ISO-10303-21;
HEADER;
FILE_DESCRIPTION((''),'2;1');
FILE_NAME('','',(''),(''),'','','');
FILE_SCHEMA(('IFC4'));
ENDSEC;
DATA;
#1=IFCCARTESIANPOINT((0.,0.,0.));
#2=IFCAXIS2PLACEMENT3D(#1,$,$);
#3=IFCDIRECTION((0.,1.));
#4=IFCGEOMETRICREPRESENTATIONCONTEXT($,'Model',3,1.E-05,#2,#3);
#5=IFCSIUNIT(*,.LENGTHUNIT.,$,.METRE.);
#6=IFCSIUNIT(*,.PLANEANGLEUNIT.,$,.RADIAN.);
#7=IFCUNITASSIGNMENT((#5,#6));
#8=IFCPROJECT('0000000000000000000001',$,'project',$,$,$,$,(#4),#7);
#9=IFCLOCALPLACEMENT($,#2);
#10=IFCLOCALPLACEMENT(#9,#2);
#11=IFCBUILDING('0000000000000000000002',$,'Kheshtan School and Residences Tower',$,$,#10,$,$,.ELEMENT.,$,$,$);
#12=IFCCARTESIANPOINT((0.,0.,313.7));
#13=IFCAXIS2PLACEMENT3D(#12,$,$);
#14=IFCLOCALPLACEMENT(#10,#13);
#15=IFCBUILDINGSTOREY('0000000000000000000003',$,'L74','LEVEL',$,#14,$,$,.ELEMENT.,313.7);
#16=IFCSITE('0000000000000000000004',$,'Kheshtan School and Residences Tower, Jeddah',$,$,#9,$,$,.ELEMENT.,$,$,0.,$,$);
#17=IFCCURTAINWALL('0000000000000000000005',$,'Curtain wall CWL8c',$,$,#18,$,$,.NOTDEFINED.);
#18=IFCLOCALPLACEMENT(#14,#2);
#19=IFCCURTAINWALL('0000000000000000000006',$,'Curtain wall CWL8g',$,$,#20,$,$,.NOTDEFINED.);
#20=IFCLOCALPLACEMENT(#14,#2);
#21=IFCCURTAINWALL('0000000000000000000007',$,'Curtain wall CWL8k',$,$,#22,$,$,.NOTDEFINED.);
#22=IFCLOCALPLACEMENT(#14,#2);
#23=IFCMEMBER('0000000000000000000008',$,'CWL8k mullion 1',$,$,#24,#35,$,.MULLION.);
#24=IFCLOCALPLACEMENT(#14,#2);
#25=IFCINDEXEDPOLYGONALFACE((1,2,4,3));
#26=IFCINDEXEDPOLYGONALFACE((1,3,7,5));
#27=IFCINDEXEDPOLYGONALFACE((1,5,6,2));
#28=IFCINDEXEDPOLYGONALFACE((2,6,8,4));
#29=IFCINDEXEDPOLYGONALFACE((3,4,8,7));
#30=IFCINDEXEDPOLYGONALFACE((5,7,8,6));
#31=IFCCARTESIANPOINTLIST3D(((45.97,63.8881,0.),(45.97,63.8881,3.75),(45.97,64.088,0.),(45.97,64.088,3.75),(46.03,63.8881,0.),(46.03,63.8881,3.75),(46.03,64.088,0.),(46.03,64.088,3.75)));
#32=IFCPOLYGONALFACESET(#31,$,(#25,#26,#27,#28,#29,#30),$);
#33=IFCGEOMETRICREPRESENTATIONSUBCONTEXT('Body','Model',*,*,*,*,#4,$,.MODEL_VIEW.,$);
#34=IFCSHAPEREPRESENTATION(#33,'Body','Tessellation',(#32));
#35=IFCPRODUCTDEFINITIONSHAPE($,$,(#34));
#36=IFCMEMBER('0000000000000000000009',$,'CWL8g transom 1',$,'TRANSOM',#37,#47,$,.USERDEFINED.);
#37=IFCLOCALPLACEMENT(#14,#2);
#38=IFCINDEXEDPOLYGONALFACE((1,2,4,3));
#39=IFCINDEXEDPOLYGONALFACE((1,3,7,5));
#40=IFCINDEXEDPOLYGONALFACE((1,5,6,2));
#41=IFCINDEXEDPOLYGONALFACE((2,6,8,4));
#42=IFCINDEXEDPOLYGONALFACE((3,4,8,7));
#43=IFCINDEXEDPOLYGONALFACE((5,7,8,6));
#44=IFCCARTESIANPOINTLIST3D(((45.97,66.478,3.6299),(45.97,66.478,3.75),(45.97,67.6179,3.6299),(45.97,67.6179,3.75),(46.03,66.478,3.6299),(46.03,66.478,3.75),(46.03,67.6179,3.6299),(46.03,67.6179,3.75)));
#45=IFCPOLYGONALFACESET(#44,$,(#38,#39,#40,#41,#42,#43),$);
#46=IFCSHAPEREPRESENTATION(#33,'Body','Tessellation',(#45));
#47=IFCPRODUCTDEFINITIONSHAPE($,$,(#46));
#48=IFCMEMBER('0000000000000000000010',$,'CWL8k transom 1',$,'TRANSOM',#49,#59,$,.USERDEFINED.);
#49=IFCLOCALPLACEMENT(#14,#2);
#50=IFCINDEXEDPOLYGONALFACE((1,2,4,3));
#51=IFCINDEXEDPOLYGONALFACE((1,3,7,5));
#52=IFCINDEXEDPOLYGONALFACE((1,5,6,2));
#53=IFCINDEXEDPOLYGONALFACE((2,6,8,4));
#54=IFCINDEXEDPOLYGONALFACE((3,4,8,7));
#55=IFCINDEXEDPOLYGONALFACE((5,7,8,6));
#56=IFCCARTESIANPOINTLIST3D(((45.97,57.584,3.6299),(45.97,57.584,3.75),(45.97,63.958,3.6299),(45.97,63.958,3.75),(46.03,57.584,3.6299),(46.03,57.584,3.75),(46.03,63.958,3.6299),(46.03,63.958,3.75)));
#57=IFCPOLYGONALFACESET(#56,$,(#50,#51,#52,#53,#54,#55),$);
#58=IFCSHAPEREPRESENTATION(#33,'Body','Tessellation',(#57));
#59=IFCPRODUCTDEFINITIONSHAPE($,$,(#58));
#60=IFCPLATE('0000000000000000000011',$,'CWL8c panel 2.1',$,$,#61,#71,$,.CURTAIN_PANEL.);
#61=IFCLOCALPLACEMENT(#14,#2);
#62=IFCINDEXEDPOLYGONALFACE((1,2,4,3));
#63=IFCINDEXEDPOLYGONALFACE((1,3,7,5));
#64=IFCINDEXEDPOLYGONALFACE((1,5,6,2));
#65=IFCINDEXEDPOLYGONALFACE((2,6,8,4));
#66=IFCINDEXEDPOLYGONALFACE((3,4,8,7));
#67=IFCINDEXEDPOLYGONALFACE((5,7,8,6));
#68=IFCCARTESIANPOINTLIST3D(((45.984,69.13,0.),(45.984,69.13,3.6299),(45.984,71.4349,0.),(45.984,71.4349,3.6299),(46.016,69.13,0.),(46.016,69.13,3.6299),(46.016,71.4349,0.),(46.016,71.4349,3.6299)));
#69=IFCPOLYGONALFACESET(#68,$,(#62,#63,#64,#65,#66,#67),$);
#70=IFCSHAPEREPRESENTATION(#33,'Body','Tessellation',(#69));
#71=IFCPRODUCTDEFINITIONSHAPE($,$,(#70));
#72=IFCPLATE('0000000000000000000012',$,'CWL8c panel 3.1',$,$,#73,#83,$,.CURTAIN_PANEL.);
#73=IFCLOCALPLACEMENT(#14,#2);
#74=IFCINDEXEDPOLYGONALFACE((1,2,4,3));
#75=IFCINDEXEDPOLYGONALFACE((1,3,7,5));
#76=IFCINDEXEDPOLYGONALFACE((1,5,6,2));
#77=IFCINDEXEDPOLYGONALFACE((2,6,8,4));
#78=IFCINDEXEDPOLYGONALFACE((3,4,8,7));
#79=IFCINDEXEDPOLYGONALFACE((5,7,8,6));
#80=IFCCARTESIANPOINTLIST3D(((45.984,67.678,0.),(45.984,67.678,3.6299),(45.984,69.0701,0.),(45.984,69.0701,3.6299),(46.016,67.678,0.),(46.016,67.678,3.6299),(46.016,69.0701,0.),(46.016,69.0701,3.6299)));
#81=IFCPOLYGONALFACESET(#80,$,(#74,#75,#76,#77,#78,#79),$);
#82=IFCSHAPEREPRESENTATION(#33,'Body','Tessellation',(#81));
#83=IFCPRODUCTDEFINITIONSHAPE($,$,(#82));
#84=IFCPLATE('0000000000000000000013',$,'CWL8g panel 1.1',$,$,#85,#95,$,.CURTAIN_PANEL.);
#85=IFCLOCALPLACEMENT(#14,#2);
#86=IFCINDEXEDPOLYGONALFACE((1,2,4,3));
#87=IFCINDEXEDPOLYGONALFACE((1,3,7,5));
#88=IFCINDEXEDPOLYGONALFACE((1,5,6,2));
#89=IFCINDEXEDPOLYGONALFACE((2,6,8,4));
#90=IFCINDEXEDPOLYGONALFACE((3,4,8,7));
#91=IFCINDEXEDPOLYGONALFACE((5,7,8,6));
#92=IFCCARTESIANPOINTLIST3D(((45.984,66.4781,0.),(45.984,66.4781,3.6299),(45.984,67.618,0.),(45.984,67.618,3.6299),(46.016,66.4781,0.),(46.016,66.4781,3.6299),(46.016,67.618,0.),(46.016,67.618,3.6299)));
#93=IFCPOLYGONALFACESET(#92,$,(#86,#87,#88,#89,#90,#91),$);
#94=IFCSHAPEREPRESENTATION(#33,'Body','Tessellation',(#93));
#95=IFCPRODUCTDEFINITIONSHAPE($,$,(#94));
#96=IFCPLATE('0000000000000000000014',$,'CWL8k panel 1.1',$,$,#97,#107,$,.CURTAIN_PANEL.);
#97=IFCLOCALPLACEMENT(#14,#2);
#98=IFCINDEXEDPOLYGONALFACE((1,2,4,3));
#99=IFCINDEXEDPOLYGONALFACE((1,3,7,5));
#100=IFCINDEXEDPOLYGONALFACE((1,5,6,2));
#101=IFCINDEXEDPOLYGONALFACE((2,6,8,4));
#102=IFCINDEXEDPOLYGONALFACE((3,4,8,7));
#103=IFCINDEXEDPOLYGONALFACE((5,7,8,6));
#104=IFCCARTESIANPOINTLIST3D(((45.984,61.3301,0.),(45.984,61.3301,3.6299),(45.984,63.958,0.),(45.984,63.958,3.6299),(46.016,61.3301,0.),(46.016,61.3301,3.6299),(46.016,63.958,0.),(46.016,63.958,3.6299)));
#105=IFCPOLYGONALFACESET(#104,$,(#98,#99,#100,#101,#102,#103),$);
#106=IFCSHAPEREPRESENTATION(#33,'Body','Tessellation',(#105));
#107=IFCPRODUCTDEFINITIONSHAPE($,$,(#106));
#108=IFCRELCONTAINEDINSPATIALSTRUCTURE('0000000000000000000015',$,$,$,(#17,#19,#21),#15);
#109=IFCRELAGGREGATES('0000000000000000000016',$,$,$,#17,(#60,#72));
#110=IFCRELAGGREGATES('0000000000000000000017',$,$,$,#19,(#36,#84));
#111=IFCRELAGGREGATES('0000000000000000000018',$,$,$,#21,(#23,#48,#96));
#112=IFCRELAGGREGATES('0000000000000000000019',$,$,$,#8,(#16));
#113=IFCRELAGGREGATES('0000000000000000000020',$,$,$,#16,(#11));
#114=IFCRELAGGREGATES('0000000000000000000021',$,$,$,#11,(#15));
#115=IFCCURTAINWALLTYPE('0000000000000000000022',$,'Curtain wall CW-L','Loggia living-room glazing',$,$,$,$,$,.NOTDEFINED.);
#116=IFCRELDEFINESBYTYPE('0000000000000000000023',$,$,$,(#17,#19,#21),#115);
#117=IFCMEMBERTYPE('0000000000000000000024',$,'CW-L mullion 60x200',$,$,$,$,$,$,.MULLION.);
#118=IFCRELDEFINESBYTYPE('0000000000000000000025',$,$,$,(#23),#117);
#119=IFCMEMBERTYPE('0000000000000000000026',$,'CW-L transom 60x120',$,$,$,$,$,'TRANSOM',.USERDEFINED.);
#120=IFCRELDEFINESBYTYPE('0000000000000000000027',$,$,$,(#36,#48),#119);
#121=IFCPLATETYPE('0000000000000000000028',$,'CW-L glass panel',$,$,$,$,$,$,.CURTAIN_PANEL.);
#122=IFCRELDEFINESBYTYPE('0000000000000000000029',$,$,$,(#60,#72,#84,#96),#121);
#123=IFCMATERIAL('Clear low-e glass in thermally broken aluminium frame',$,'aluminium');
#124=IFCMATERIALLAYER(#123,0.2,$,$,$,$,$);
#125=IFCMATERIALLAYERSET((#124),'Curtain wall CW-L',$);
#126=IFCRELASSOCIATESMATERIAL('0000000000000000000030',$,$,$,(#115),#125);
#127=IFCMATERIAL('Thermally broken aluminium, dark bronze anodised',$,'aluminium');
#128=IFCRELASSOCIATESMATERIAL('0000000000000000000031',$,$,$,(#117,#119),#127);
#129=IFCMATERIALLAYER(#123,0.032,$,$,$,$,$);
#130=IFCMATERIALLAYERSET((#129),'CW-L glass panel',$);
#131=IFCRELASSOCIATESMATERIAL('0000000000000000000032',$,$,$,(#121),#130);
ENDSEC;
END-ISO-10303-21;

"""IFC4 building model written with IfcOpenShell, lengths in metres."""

from ifc_helpers import new_model, si_unit, direction, frame, origin, origin_2d, place, context, subcontext, project, spatial, rectangle, extrude, material, layer, layer_set, material_profile, profile_set, type_object, element, aggregate, save


model = new_model("IFC4")

# Units and contexts
model_context = context("Model", 3, precision=1e-05, world=origin(), true_north=direction((0.0, 1.0)))
body_context = subcontext(model_context, "Body", "Model", "MODEL_VIEW")
ifc_project = project(units=[si_unit("LENGTHUNIT", "METRE"), si_unit("PLANEANGLEUNIT", "RADIAN")], contexts=[model_context])

# Site, building, storey
site_placement = place(None, origin())
site = spatial("IfcSite", under=ifc_project, at=site_placement, Name="Kheshtan School and Residences Tower, Jeddah", CompositionType="ELEMENT", RefElevation=0.0)
building_placement = place(site_placement, origin())
building = spatial("IfcBuilding", under=site, at=building_placement, Name="Kheshtan School and Residences Tower", CompositionType="ELEMENT")
storey_placement = place(building_placement, frame((0.0, 0.0, 313.7)))
storey = spatial("IfcBuildingStorey", under=building, at=storey_placement, Name="L74", Description="LEVEL", CompositionType="ELEMENT", Elevation=313.7)

# Curtain wall
ifc_material_1 = material(Name="Clear low-e glass in thermally broken aluminium frame", Category="aluminium")
ifc_layer_1 = layer(ifc_material_1, 0.2)
ifc_layer_set_1 = layer_set([ifc_layer_1], Name="Curtain wall CW-L")
curtain_wall_type = type_object("IfcCurtainWallType", Name="Curtain wall CW-L", Description="Loggia living-room glazing", PredefinedType="NOTDEFINED", material=ifc_layer_set_1)
curtain_wall_1_placement = place(storey_placement, origin())
curtain_wall_1 = element("IfcCurtainWall", 1, at=curtain_wall_1_placement, inside=storey, type_object=curtain_wall_type, Name="Curtain wall CWL8c", PredefinedType="NOTDEFINED")
ifc_material_2 = material(Name="Thermally broken aluminium, dark bronze anodised", Category="aluminium")
ifc_material_profile_1 = material_profile(ifc_material_2, rectangle(XDim=0.0601, YDim=0.2, at=origin_2d()), Name="CW-L mullion 60x200")
ifc_profile_set_1 = profile_set([ifc_material_profile_1], Name="Thermally broken aluminium, dark bronze anodised")
member_type_1 = type_object("IfcMemberType", Name="CW-L mullion 60x200", PredefinedType="MULLION", material=ifc_profile_set_1)

# Curtain walls, member
curtain_wall_2_placement = place(storey_placement, origin())
curtain_wall_2 = element("IfcCurtainWall", 2, at=curtain_wall_2_placement, inside=storey, type_object=curtain_wall_type, Name="Curtain wall CWL8g", PredefinedType="NOTDEFINED")
curtain_wall_3_placement = place(storey_placement, origin())
curtain_wall_3 = element("IfcCurtainWall", 3, at=curtain_wall_3_placement, inside=storey, type_object=curtain_wall_type, Name="Curtain wall CWL8k", PredefinedType="NOTDEFINED")
member_1_placement = place(storey_placement, frame((46.0, 63.988, 0.0), z_axis=(0.0, 0.0, 1.0), x_axis=(1.0, 0.0, 0.0)))
member_1 = element("IfcMember", 4, at=member_1_placement, type_object=member_type_1, Name="CWL8k mullion 1", PredefinedType="MULLION", context=body_context, shape_type="SweptSolid", body=[
    extrude(rectangle(XDim=0.0601, YDim=0.2, at=origin_2d()), origin(), (0.0, 0.0, 1.0), 3.75),
])

# Members
ifc_material_profile_2 = material_profile(ifc_material_2, rectangle(XDim=0.0601, YDim=0.1201, at=origin_2d()), Name="CW-L transom 60x120")
ifc_profile_set_2 = profile_set([ifc_material_profile_2], Name="Thermally broken aluminium, dark bronze anodised")
member_type_2 = type_object("IfcMemberType", Name="CW-L transom 60x120", ElementType="TRANSOM", PredefinedType="USERDEFINED", material=ifc_profile_set_2)
member_2_placement = place(storey_placement, frame((46.0, 67.6179, 3.6899), z_axis=(0.0, -1.0, 0.0), x_axis=(1.0, 0.0, 0.0)))
member_2 = element("IfcMember", 5, at=member_2_placement, type_object=member_type_2, Name="CWL8g transom 1", ObjectType="TRANSOM", PredefinedType="USERDEFINED", context=body_context, shape_type="SweptSolid", body=[
    extrude(rectangle(XDim=0.0601, YDim=0.1201, at=origin_2d()), origin(), (0.0, 0.0, 1.0), 1.1399),
])
member_3_placement = place(storey_placement, frame((46.0, 63.958, 3.6899), z_axis=(0.0, -1.0, 0.0), x_axis=(1.0, 0.0, 0.0)))
member_3 = element("IfcMember", 6, at=member_3_placement, type_object=member_type_2, Name="CWL8k transom 1", ObjectType="TRANSOM", PredefinedType="USERDEFINED", context=body_context, shape_type="SweptSolid", body=[
    extrude(rectangle(XDim=0.0601, YDim=0.1201, at=origin_2d()), origin(), (0.0, 0.0, 1.0), 6.374),
])

# Plates
ifc_layer_2 = layer(ifc_material_1, 0.032)
ifc_layer_set_2 = layer_set([ifc_layer_2], Name="CW-L glass panel")
plate_type = type_object("IfcPlateType", Name="CW-L glass panel", PredefinedType="CURTAIN_PANEL", material=ifc_layer_set_2)
plate_1_placement = place(storey_placement, frame((46.0, 70.2825, 0.0), z_axis=(0.0, 0.0, 1.0), x_axis=(0.0, -1.0, 0.0)))
plate_1 = element("IfcPlate", 7, at=plate_1_placement, type_object=plate_type, Name="CWL8c panel 2.1", PredefinedType="CURTAIN_PANEL", context=body_context, shape_type="SweptSolid", body=[
    extrude(rectangle(XDim=2.3049, YDim=0.032, at=origin_2d()), origin(), (0.0, 0.0, 1.0), 3.6299),
])
plate_2_placement = place(storey_placement, frame((46.0, 68.374, 0.0), z_axis=(0.0, 0.0, 1.0), x_axis=(0.0, -1.0, 0.0)))
plate_2 = element("IfcPlate", 8, at=plate_2_placement, type_object=plate_type, Name="CWL8c panel 3.1", PredefinedType="CURTAIN_PANEL", context=body_context, shape_type="SweptSolid", body=[
    extrude(rectangle(XDim=1.3921, YDim=0.032, at=origin_2d()), origin(), (0.0, 0.0, 1.0), 3.6299),
])
aggregate(curtain_wall_1, [plate_1, plate_2])
plate_3_placement = place(storey_placement, frame((46.0, 67.0481, 0.0), z_axis=(0.0, 0.0, 1.0), x_axis=(0.0, -1.0, 0.0)))
plate_3 = element("IfcPlate", 9, at=plate_3_placement, type_object=plate_type, Name="CWL8g panel 1.1", PredefinedType="CURTAIN_PANEL", context=body_context, shape_type="SweptSolid", body=[
    extrude(rectangle(XDim=1.1399, YDim=0.032, at=origin_2d()), origin(), (0.0, 0.0, 1.0), 3.6299),
])
aggregate(curtain_wall_2, [member_2, plate_3])
plate_4_placement = place(storey_placement, frame((46.0, 62.644, 0.0), z_axis=(0.0, 0.0, 1.0), x_axis=(0.0, -1.0, 0.0)))
plate_4 = element("IfcPlate", 10, at=plate_4_placement, type_object=plate_type, Name="CWL8k panel 1.1", PredefinedType="CURTAIN_PANEL", context=body_context, shape_type="SweptSolid", body=[
    extrude(rectangle(XDim=2.6279, YDim=0.032, at=origin_2d()), origin(), (0.0, 0.0, 1.0), 3.6299),
])
aggregate(curtain_wall_3, [member_1, member_3, plate_4])

save(model, "model.ifc")
